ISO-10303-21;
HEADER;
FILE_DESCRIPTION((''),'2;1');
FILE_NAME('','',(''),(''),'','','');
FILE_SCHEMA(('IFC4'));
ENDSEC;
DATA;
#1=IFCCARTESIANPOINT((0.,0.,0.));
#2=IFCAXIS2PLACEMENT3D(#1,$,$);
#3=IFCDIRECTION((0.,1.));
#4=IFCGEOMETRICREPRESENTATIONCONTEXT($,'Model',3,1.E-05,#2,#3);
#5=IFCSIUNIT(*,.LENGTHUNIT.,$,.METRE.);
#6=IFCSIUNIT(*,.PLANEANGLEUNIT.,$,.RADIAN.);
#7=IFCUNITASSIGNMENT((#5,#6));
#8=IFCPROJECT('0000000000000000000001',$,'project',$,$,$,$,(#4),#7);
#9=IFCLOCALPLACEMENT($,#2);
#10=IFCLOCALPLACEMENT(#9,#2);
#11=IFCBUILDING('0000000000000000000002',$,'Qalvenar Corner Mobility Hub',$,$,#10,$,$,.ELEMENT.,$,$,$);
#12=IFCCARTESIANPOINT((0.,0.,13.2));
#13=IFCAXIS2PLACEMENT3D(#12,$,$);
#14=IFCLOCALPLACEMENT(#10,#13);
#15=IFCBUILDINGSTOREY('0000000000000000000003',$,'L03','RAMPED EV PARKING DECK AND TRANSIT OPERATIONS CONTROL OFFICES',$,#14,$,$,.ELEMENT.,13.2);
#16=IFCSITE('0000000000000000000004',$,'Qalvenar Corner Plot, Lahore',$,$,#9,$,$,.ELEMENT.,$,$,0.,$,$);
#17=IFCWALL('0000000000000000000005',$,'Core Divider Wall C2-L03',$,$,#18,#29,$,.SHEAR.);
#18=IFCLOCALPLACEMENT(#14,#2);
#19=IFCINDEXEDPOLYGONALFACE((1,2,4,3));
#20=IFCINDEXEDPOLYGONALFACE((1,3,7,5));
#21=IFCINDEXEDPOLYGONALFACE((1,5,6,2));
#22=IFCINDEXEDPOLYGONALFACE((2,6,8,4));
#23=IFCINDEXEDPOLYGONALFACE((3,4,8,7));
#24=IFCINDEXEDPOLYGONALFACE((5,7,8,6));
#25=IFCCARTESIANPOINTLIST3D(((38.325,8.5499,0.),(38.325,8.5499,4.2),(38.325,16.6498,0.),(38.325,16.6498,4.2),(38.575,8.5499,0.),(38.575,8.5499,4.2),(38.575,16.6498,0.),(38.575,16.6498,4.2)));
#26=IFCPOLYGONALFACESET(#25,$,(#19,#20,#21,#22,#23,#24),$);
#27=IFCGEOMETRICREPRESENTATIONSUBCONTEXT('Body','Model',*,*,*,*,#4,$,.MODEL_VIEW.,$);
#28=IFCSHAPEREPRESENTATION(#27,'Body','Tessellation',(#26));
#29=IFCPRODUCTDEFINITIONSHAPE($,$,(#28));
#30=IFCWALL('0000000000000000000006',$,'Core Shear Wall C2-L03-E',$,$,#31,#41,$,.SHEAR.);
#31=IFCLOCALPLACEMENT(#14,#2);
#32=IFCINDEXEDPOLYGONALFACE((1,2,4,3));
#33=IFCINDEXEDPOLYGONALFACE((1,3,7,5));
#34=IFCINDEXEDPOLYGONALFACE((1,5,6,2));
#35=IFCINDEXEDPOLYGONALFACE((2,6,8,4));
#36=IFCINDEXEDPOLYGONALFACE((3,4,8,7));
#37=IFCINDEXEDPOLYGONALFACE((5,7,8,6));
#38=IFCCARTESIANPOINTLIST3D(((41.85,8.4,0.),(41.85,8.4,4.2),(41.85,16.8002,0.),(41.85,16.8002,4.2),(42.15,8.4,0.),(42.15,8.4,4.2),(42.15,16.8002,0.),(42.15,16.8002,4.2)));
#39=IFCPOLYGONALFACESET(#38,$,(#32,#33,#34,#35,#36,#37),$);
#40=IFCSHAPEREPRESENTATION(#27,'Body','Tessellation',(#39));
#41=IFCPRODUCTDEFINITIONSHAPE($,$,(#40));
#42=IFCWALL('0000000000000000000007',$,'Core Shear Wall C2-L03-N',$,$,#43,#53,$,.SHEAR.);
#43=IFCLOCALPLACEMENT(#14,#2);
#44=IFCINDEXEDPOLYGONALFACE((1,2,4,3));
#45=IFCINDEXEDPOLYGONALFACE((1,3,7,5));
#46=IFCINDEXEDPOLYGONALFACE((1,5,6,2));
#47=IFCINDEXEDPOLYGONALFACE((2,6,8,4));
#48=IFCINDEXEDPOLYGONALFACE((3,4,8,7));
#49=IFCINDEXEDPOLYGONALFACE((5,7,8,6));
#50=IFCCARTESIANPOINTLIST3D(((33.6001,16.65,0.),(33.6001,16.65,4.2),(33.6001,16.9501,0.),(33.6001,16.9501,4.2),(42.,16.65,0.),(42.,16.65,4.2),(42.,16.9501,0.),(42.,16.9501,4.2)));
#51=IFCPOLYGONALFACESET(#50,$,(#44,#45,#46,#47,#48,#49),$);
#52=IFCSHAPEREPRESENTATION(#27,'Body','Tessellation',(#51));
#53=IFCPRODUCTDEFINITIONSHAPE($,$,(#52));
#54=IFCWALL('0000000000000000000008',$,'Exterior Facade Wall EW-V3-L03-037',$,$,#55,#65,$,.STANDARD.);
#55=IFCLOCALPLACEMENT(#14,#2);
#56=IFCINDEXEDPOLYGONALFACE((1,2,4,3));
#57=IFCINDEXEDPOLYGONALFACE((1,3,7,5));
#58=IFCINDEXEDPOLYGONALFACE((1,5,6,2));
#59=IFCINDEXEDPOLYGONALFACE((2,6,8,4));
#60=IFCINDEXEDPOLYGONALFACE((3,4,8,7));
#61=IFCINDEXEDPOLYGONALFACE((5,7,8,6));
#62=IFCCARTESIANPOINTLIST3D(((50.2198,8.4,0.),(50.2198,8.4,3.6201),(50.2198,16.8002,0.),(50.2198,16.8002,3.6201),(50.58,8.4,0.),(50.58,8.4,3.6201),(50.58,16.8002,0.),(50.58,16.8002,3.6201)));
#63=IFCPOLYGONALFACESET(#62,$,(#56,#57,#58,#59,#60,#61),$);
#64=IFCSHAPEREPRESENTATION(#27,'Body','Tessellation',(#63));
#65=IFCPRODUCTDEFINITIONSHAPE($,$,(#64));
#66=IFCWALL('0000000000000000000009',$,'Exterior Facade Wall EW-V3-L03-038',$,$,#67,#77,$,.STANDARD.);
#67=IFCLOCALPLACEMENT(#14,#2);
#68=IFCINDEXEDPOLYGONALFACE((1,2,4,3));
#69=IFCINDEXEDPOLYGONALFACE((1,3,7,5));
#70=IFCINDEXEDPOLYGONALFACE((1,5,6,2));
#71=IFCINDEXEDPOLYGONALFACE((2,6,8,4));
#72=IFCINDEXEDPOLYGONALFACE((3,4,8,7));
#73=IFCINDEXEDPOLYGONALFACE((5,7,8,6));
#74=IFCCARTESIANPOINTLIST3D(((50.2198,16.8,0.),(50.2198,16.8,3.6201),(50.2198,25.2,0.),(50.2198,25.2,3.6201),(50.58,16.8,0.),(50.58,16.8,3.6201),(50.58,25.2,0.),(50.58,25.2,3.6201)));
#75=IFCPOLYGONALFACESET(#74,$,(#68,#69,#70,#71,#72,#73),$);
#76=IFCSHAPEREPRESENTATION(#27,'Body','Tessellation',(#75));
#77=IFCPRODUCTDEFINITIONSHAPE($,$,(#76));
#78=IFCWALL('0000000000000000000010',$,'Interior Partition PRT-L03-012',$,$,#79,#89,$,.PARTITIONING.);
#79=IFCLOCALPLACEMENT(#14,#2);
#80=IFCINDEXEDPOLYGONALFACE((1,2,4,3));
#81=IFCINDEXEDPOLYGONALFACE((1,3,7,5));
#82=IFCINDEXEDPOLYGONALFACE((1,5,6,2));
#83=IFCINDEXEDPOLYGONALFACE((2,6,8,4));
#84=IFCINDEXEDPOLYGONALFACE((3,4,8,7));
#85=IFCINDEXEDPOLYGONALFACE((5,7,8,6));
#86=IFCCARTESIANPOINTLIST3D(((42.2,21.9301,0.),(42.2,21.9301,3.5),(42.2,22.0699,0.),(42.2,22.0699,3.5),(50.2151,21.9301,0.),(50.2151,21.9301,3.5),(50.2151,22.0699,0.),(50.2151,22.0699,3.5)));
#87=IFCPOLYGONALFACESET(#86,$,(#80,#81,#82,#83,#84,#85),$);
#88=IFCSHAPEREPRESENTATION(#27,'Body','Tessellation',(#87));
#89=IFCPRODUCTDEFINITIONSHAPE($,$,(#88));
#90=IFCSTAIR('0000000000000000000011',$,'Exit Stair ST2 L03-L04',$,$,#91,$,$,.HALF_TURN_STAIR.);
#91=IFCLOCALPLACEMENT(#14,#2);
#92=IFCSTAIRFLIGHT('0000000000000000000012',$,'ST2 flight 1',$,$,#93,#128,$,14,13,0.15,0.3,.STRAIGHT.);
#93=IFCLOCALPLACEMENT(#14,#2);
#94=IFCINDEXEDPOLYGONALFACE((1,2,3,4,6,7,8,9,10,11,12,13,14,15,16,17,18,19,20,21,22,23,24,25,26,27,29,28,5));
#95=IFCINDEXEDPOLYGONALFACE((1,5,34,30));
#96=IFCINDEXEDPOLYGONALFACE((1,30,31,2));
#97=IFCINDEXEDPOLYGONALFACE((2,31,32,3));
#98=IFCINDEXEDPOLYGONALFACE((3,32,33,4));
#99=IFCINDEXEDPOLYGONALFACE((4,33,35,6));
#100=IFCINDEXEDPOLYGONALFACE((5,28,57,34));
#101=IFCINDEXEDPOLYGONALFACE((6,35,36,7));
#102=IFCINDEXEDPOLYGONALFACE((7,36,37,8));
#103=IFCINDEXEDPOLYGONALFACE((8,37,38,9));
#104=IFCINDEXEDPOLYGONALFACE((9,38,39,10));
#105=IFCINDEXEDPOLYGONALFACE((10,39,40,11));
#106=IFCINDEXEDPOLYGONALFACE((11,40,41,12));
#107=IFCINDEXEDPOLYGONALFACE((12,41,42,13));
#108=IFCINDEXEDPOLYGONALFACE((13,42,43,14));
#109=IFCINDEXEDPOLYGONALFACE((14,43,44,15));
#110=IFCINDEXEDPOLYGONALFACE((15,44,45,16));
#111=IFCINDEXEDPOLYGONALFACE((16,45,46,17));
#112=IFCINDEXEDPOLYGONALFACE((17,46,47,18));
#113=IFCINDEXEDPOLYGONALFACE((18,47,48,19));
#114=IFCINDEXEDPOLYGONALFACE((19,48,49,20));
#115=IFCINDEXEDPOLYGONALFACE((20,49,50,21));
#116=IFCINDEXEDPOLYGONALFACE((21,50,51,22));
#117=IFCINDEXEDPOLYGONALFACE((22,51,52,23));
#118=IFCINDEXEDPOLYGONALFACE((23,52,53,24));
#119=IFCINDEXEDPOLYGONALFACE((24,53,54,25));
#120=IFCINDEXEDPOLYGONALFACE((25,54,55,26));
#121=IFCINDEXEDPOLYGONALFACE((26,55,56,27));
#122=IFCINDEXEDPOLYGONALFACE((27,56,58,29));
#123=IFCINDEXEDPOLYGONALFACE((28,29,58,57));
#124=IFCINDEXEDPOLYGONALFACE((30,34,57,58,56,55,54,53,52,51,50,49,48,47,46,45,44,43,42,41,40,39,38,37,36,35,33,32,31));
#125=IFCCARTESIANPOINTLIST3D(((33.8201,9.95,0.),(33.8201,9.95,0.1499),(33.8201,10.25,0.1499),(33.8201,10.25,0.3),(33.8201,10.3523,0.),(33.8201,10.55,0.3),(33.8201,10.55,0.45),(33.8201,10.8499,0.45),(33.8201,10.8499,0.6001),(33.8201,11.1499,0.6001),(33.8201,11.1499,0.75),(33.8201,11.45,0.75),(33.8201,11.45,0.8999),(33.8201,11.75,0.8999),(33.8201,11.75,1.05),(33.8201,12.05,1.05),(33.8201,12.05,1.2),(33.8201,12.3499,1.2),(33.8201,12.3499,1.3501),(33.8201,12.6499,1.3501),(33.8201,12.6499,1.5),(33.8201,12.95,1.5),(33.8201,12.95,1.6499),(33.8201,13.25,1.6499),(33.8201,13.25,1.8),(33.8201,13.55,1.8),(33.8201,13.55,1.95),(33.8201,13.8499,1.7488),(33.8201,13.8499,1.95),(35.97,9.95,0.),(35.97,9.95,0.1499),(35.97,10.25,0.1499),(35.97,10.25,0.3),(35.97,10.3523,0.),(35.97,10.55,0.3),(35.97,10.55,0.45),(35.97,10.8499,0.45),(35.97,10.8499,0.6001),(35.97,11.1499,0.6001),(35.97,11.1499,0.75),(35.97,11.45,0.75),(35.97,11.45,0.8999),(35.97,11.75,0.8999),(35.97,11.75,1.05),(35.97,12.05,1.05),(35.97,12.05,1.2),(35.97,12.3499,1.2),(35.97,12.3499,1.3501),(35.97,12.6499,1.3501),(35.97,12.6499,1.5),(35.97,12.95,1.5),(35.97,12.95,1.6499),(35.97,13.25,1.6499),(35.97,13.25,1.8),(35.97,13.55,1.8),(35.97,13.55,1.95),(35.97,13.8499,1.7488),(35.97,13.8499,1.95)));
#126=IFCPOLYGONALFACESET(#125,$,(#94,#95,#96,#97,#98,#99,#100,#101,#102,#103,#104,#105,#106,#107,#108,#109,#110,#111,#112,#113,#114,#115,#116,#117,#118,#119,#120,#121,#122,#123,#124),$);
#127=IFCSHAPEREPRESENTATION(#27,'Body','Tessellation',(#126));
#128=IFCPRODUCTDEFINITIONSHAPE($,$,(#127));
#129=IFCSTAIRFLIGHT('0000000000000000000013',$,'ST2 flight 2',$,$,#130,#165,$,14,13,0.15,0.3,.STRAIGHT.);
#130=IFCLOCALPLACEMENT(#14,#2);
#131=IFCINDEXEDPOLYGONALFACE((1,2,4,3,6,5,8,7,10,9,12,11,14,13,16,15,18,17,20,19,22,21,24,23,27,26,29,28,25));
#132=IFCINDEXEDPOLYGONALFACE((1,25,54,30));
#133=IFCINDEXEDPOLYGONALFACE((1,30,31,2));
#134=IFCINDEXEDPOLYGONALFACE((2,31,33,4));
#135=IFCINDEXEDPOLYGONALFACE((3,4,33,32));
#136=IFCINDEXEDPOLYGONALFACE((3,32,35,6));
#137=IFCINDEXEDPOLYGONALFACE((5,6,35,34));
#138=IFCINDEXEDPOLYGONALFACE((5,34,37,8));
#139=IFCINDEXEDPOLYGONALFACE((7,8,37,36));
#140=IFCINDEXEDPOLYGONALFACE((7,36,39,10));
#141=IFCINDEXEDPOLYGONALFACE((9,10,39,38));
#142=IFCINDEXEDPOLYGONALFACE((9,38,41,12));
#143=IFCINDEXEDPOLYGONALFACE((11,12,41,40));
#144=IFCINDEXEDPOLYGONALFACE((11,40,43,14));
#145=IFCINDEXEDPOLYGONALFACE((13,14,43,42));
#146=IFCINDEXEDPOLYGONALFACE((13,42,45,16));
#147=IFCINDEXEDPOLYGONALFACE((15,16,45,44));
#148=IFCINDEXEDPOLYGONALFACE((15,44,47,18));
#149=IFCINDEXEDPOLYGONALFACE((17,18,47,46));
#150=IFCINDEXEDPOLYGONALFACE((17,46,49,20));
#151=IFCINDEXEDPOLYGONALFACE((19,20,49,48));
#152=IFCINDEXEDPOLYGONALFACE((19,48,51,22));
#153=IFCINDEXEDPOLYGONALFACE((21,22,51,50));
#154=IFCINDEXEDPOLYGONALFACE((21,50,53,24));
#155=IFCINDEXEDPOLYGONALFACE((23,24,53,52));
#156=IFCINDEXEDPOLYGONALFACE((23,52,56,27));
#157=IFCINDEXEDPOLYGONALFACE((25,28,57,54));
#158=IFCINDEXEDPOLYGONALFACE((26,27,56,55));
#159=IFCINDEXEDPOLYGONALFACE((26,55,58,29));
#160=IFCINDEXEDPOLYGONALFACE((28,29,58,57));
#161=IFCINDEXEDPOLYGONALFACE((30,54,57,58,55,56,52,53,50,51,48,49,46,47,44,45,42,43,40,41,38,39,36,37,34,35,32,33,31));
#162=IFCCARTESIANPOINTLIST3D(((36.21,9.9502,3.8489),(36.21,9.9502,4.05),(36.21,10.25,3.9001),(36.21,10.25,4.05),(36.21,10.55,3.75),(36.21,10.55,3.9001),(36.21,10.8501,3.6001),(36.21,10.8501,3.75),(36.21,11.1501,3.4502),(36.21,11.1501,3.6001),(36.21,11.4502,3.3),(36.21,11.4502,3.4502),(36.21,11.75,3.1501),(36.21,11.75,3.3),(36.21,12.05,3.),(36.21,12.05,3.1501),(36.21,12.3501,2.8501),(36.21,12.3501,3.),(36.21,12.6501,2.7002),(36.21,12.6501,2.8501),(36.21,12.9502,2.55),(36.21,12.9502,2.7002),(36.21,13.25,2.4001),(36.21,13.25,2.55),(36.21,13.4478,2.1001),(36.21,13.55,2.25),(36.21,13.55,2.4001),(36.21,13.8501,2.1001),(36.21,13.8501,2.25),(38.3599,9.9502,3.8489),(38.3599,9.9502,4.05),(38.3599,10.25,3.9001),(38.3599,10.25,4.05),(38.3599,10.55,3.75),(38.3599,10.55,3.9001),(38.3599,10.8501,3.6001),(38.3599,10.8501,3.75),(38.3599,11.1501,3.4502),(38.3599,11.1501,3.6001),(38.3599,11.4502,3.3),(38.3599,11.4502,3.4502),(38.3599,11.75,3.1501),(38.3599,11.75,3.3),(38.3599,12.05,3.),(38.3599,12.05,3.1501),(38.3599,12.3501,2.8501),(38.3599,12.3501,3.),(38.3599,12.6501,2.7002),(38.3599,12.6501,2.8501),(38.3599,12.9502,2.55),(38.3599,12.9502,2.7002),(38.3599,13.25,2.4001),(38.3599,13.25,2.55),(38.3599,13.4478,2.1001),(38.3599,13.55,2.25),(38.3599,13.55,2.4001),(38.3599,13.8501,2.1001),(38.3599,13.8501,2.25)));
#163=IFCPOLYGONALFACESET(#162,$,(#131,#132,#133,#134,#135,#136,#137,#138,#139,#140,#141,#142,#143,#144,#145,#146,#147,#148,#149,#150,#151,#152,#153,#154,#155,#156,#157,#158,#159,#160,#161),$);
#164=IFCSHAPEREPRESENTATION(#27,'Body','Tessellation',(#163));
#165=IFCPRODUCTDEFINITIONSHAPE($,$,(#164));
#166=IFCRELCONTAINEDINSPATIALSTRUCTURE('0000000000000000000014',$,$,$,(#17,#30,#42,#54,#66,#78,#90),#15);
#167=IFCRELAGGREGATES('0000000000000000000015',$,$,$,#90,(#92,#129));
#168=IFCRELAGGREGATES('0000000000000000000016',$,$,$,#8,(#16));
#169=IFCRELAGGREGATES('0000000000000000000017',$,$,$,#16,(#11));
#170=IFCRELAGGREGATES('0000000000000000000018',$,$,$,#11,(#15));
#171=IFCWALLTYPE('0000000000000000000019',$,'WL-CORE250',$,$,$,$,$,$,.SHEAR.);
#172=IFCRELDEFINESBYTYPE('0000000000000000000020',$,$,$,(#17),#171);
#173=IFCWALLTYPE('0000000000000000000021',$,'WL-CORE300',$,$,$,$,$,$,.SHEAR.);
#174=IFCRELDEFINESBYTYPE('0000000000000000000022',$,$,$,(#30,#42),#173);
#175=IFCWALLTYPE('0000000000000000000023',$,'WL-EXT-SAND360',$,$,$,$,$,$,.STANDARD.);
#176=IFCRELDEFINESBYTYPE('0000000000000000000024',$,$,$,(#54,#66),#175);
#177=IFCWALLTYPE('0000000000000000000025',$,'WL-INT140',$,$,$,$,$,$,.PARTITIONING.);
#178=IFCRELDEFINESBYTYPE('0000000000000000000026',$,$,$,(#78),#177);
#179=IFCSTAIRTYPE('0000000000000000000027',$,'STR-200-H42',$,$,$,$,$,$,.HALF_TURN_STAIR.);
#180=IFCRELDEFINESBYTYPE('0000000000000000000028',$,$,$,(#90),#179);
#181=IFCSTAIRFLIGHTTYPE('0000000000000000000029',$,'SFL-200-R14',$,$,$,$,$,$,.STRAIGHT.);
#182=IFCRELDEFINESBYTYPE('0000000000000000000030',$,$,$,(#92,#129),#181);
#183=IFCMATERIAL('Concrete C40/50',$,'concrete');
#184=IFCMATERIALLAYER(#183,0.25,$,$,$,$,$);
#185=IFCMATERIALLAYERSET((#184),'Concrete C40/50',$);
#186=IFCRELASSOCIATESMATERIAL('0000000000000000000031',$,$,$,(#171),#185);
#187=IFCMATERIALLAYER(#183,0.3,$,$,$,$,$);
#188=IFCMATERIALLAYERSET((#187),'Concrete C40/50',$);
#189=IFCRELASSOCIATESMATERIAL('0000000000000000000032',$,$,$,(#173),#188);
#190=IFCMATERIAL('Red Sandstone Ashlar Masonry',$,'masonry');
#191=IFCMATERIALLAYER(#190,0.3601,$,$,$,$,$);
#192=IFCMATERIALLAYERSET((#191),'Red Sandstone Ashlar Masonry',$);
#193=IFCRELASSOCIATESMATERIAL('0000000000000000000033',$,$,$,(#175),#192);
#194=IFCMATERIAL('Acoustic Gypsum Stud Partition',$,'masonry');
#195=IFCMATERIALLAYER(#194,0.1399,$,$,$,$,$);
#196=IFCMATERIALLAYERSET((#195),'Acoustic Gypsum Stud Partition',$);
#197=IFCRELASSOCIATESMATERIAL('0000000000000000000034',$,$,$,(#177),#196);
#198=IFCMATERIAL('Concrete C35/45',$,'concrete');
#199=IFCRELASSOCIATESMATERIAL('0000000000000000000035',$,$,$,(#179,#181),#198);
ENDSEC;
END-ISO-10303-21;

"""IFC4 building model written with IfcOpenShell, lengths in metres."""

from ifc_helpers import new_model, si_unit, direction, frame, frame_2d, origin, place, context, subcontext, project, spatial, polyline, rectangle, outline, extrude, material, layer, layer_set, type_object, element, aggregate, save


model = new_model("IFC4")

# Units and contexts
model_context = context("Model", 3, precision=1e-05, world=origin(), true_north=direction((0.0, 1.0)))
body_context = subcontext(model_context, "Body", "Model", "MODEL_VIEW")
ifc_project = project(units=[si_unit("LENGTHUNIT", "METRE"), si_unit("PLANEANGLEUNIT", "RADIAN")], contexts=[model_context])

# Site, building, storey
site_placement = place(None, origin())
site = spatial("IfcSite", under=ifc_project, at=site_placement, Name="Qalvenar Corner Plot, Lahore", CompositionType="ELEMENT", RefElevation=0.0)
building_placement = place(site_placement, origin())
building = spatial("IfcBuilding", under=site, at=building_placement, Name="Qalvenar Corner Mobility Hub", CompositionType="ELEMENT")
storey_placement = place(building_placement, frame((0.0, 0.0, 13.2)))
storey = spatial("IfcBuildingStorey", under=building, at=storey_placement, Name="L03", Description="RAMPED EV PARKING DECK AND TRANSIT OPERATIONS CONTROL OFFICES", CompositionType="ELEMENT", Elevation=13.2)

# Walls
ifc_material_1 = material(Name="Concrete C40/50", Category="concrete")
ifc_layer_1 = layer(ifc_material_1, 0.25)
ifc_layer_set_1 = layer_set([ifc_layer_1], Name="Concrete C40/50")
wall_type_1 = type_object("IfcWallType", Name="WL-CORE250", PredefinedType="SHEAR", material=ifc_layer_set_1)
wall_1_placement = place(storey_placement, frame((38.45, 8.55, 0.0), z_axis=(0.0, 0.0, 1.0), x_axis=(0.0, 1.0, 0.0)))
element("IfcWall", 1, at=wall_1_placement, inside=storey, type_object=wall_type_1, Name="Core Divider Wall C2-L03", PredefinedType="SHEAR", context=body_context, shape_type="SweptSolid", body=[
    extrude(rectangle(XDim=8.0999, YDim=0.25, at=frame_2d((4.0498, 0.0))), origin(), (0.0, 0.0, 1.0), 4.2),
])
ifc_layer_2 = layer(ifc_material_1, 0.3)
ifc_layer_set_2 = layer_set([ifc_layer_2], Name="Concrete C40/50")
wall_type_2 = type_object("IfcWallType", Name="WL-CORE300", PredefinedType="SHEAR", material=ifc_layer_set_2)
wall_2_placement = place(storey_placement, frame((42.0, 8.3999, 0.0), z_axis=(0.0, 0.0, 1.0), x_axis=(0.0, 1.0, 0.0)))
element("IfcWall", 2, at=wall_2_placement, inside=storey, type_object=wall_type_2, Name="Core Shear Wall C2-L03-E", PredefinedType="SHEAR", context=body_context, shape_type="SweptSolid", body=[
    extrude(rectangle(XDim=8.4001, YDim=0.3, at=frame_2d((4.2002, 0.0))), origin(), (0.0, 0.0, 1.0), 4.2),
])
wall_3_placement = place(storey_placement, frame((42.0, 16.8, 0.0), z_axis=(0.0, 0.0, 1.0), x_axis=(-1.0, 0.0, 0.0)))
element("IfcWall", 3, at=wall_3_placement, inside=storey, type_object=wall_type_2, Name="Core Shear Wall C2-L03-N", PredefinedType="SHEAR", context=body_context, shape_type="SweptSolid", body=[
    extrude(rectangle(XDim=8.3999, YDim=0.3, at=frame_2d((4.2, 0.0))), origin(), (0.0, 0.0, 1.0), 4.2),
])
ifc_material_2 = material(Name="Red Sandstone Ashlar Masonry", Category="masonry")
ifc_layer_3 = layer(ifc_material_2, 0.3601)
ifc_layer_set_3 = layer_set([ifc_layer_3], Name="Red Sandstone Ashlar Masonry")
wall_type_3 = type_object("IfcWallType", Name="WL-EXT-SAND360", PredefinedType="STANDARD", material=ifc_layer_set_3)
wall_4_placement = place(storey_placement, frame((50.3999, 8.3999, 0.0), z_axis=(0.0, 0.0, 1.0), x_axis=(0.0, 1.0, 0.0)))
element("IfcWall", 4, at=wall_4_placement, inside=storey, type_object=wall_type_3, Name="Exterior Facade Wall EW-V3-L03-037", PredefinedType="STANDARD", context=body_context, shape_type="SweptSolid", body=[
    extrude(rectangle(XDim=8.4001, YDim=0.3601, at=frame_2d((4.2002, 0.0))), origin(), (0.0, 0.0, 1.0), 3.6201),
])
wall_5_placement = place(storey_placement, frame((50.3999, 16.8, 0.0), z_axis=(0.0, 0.0, 1.0), x_axis=(0.0, 1.0, 0.0)))
element("IfcWall", 5, at=wall_5_placement, inside=storey, type_object=wall_type_3, Name="Exterior Facade Wall EW-V3-L03-038", PredefinedType="STANDARD", context=body_context, shape_type="SweptSolid", body=[
    extrude(rectangle(XDim=8.3999, YDim=0.3601, at=frame_2d((4.2, 0.0))), origin(), (0.0, 0.0, 1.0), 3.6201),
])
ifc_material_3 = material(Name="Acoustic Gypsum Stud Partition", Category="masonry")
ifc_layer_4 = layer(ifc_material_3, 0.1399)
ifc_layer_set_4 = layer_set([ifc_layer_4], Name="Acoustic Gypsum Stud Partition")
wall_type_4 = type_object("IfcWallType", Name="WL-INT140", PredefinedType="PARTITIONING", material=ifc_layer_set_4)
wall_6_placement = place(storey_placement, frame((42.2, 22.0, 0.0), z_axis=(0.0, 0.0, 1.0), x_axis=(1.0, 0.0, 0.0)))
element("IfcWall", 6, at=wall_6_placement, inside=storey, type_object=wall_type_4, Name="Interior Partition PRT-L03-012", PredefinedType="PARTITIONING", context=body_context, shape_type="SweptSolid", body=[
    extrude(rectangle(XDim=8.0151, YDim=0.1399, at=frame_2d((4.0076, 0.0))), origin(), (0.0, 0.0, 1.0), 3.5),
])

# Stair, stair flights
ifc_material_4 = material(Name="Concrete C35/45", Category="concrete")
stair_type = type_object("IfcStairType", Name="STR-200-H42", PredefinedType="HALF_TURN_STAIR", material=ifc_material_4)
stair_placement = place(storey_placement, origin())
stair = element("IfcStair", 7, at=stair_placement, inside=storey, type_object=stair_type, Name="Exit Stair ST2 L03-L04", PredefinedType="HALF_TURN_STAIR")
stair_flight_type = type_object("IfcStairFlightType", Name="SFL-200-R14", PredefinedType="STRAIGHT", material=ifc_material_4)
stair_flight_1_placement = place(storey_placement, frame((34.895, 9.95, 0.0), z_axis=(0.0, 0.0, 1.0), x_axis=(0.0, 1.0, 0.0)))
stair_flight_1 = element("IfcStairFlight", 8, at=stair_flight_1_placement, type_object=stair_flight_type, Name="ST2 flight 1", NumberOfRisers=14, NumberOfTreads=13, PredefinedType="STRAIGHT", RiserHeight=0.15, TreadLength=0.3, context=body_context, shape_type="SweptSolid", body=[
    extrude(outline(polyline([(0.0, 0.0), (0.0, 0.1499), (0.3, 0.1499), (0.3, 0.3), (0.6001, 0.3), (0.6001, 0.45), (0.8999, 0.45), (0.8999, 0.6001), (1.2, 0.6001), (1.2, 0.75), (1.5, 0.75), (1.5, 0.8999), (1.8, 0.8999), (1.8, 1.05), (2.1001, 1.05), (2.1001, 1.2), (2.3999, 1.2), (2.3999, 1.3501), (2.7, 1.3501), (2.7, 1.5), (3.0, 1.5), (3.0, 1.6499), (3.3, 1.6499), (3.3, 1.8), (3.6001, 1.8), (3.6001, 1.95), (3.8999, 1.95), (3.8999, 2.1001), (3.8999, 1.7488), (0.4023, 0.0), (0.0, 0.0)])), frame((0.0, 1.075, 0.0), z_axis=(0.0, -1.0, 0.0), x_axis=(1.0, 0.0, 0.0)), (0.0, 0.0, 1.0), 2.1499),
])
stair_flight_2_placement = place(storey_placement, frame((37.2849, 13.8501, 2.1001), z_axis=(0.0, 0.0, 1.0), x_axis=(0.0, -1.0, 0.0)))
stair_flight_2 = element("IfcStairFlight", 9, at=stair_flight_2_placement, type_object=stair_flight_type, Name="ST2 flight 2", NumberOfRisers=14, NumberOfTreads=13, PredefinedType="STRAIGHT", RiserHeight=0.15, TreadLength=0.3, context=body_context, shape_type="SweptSolid", body=[
    extrude(outline(polyline([(0.0, 0.0), (0.0, 0.1499), (0.3, 0.1499), (0.3, 0.3), (0.6001, 0.3), (0.6001, 0.45), (0.8999, 0.45), (0.8999, 0.6001), (1.2, 0.6001), (1.2, 0.75), (1.5, 0.75), (1.5, 0.8999), (1.8, 0.8999), (1.8, 1.05), (2.1001, 1.05), (2.1001, 1.2), (2.3999, 1.2), (2.3999, 1.3501), (2.7, 1.3501), (2.7, 1.5), (3.0, 1.5), (3.0, 1.6499), (3.3, 1.6499), (3.3, 1.8), (3.6001, 1.8), (3.6001, 1.95), (3.8999, 1.95), (3.8999, 2.1001), (3.8999, 1.7488), (0.4023, 0.0), (0.0, 0.0)])), frame((0.0, 1.075, 0.0), z_axis=(0.0, -1.0, 0.0), x_axis=(1.0, 0.0, 0.0)), (0.0, 0.0, 1.0), 2.1499),
])
aggregate(stair, [stair_flight_1, stair_flight_2])

save(model, "model.ifc")
